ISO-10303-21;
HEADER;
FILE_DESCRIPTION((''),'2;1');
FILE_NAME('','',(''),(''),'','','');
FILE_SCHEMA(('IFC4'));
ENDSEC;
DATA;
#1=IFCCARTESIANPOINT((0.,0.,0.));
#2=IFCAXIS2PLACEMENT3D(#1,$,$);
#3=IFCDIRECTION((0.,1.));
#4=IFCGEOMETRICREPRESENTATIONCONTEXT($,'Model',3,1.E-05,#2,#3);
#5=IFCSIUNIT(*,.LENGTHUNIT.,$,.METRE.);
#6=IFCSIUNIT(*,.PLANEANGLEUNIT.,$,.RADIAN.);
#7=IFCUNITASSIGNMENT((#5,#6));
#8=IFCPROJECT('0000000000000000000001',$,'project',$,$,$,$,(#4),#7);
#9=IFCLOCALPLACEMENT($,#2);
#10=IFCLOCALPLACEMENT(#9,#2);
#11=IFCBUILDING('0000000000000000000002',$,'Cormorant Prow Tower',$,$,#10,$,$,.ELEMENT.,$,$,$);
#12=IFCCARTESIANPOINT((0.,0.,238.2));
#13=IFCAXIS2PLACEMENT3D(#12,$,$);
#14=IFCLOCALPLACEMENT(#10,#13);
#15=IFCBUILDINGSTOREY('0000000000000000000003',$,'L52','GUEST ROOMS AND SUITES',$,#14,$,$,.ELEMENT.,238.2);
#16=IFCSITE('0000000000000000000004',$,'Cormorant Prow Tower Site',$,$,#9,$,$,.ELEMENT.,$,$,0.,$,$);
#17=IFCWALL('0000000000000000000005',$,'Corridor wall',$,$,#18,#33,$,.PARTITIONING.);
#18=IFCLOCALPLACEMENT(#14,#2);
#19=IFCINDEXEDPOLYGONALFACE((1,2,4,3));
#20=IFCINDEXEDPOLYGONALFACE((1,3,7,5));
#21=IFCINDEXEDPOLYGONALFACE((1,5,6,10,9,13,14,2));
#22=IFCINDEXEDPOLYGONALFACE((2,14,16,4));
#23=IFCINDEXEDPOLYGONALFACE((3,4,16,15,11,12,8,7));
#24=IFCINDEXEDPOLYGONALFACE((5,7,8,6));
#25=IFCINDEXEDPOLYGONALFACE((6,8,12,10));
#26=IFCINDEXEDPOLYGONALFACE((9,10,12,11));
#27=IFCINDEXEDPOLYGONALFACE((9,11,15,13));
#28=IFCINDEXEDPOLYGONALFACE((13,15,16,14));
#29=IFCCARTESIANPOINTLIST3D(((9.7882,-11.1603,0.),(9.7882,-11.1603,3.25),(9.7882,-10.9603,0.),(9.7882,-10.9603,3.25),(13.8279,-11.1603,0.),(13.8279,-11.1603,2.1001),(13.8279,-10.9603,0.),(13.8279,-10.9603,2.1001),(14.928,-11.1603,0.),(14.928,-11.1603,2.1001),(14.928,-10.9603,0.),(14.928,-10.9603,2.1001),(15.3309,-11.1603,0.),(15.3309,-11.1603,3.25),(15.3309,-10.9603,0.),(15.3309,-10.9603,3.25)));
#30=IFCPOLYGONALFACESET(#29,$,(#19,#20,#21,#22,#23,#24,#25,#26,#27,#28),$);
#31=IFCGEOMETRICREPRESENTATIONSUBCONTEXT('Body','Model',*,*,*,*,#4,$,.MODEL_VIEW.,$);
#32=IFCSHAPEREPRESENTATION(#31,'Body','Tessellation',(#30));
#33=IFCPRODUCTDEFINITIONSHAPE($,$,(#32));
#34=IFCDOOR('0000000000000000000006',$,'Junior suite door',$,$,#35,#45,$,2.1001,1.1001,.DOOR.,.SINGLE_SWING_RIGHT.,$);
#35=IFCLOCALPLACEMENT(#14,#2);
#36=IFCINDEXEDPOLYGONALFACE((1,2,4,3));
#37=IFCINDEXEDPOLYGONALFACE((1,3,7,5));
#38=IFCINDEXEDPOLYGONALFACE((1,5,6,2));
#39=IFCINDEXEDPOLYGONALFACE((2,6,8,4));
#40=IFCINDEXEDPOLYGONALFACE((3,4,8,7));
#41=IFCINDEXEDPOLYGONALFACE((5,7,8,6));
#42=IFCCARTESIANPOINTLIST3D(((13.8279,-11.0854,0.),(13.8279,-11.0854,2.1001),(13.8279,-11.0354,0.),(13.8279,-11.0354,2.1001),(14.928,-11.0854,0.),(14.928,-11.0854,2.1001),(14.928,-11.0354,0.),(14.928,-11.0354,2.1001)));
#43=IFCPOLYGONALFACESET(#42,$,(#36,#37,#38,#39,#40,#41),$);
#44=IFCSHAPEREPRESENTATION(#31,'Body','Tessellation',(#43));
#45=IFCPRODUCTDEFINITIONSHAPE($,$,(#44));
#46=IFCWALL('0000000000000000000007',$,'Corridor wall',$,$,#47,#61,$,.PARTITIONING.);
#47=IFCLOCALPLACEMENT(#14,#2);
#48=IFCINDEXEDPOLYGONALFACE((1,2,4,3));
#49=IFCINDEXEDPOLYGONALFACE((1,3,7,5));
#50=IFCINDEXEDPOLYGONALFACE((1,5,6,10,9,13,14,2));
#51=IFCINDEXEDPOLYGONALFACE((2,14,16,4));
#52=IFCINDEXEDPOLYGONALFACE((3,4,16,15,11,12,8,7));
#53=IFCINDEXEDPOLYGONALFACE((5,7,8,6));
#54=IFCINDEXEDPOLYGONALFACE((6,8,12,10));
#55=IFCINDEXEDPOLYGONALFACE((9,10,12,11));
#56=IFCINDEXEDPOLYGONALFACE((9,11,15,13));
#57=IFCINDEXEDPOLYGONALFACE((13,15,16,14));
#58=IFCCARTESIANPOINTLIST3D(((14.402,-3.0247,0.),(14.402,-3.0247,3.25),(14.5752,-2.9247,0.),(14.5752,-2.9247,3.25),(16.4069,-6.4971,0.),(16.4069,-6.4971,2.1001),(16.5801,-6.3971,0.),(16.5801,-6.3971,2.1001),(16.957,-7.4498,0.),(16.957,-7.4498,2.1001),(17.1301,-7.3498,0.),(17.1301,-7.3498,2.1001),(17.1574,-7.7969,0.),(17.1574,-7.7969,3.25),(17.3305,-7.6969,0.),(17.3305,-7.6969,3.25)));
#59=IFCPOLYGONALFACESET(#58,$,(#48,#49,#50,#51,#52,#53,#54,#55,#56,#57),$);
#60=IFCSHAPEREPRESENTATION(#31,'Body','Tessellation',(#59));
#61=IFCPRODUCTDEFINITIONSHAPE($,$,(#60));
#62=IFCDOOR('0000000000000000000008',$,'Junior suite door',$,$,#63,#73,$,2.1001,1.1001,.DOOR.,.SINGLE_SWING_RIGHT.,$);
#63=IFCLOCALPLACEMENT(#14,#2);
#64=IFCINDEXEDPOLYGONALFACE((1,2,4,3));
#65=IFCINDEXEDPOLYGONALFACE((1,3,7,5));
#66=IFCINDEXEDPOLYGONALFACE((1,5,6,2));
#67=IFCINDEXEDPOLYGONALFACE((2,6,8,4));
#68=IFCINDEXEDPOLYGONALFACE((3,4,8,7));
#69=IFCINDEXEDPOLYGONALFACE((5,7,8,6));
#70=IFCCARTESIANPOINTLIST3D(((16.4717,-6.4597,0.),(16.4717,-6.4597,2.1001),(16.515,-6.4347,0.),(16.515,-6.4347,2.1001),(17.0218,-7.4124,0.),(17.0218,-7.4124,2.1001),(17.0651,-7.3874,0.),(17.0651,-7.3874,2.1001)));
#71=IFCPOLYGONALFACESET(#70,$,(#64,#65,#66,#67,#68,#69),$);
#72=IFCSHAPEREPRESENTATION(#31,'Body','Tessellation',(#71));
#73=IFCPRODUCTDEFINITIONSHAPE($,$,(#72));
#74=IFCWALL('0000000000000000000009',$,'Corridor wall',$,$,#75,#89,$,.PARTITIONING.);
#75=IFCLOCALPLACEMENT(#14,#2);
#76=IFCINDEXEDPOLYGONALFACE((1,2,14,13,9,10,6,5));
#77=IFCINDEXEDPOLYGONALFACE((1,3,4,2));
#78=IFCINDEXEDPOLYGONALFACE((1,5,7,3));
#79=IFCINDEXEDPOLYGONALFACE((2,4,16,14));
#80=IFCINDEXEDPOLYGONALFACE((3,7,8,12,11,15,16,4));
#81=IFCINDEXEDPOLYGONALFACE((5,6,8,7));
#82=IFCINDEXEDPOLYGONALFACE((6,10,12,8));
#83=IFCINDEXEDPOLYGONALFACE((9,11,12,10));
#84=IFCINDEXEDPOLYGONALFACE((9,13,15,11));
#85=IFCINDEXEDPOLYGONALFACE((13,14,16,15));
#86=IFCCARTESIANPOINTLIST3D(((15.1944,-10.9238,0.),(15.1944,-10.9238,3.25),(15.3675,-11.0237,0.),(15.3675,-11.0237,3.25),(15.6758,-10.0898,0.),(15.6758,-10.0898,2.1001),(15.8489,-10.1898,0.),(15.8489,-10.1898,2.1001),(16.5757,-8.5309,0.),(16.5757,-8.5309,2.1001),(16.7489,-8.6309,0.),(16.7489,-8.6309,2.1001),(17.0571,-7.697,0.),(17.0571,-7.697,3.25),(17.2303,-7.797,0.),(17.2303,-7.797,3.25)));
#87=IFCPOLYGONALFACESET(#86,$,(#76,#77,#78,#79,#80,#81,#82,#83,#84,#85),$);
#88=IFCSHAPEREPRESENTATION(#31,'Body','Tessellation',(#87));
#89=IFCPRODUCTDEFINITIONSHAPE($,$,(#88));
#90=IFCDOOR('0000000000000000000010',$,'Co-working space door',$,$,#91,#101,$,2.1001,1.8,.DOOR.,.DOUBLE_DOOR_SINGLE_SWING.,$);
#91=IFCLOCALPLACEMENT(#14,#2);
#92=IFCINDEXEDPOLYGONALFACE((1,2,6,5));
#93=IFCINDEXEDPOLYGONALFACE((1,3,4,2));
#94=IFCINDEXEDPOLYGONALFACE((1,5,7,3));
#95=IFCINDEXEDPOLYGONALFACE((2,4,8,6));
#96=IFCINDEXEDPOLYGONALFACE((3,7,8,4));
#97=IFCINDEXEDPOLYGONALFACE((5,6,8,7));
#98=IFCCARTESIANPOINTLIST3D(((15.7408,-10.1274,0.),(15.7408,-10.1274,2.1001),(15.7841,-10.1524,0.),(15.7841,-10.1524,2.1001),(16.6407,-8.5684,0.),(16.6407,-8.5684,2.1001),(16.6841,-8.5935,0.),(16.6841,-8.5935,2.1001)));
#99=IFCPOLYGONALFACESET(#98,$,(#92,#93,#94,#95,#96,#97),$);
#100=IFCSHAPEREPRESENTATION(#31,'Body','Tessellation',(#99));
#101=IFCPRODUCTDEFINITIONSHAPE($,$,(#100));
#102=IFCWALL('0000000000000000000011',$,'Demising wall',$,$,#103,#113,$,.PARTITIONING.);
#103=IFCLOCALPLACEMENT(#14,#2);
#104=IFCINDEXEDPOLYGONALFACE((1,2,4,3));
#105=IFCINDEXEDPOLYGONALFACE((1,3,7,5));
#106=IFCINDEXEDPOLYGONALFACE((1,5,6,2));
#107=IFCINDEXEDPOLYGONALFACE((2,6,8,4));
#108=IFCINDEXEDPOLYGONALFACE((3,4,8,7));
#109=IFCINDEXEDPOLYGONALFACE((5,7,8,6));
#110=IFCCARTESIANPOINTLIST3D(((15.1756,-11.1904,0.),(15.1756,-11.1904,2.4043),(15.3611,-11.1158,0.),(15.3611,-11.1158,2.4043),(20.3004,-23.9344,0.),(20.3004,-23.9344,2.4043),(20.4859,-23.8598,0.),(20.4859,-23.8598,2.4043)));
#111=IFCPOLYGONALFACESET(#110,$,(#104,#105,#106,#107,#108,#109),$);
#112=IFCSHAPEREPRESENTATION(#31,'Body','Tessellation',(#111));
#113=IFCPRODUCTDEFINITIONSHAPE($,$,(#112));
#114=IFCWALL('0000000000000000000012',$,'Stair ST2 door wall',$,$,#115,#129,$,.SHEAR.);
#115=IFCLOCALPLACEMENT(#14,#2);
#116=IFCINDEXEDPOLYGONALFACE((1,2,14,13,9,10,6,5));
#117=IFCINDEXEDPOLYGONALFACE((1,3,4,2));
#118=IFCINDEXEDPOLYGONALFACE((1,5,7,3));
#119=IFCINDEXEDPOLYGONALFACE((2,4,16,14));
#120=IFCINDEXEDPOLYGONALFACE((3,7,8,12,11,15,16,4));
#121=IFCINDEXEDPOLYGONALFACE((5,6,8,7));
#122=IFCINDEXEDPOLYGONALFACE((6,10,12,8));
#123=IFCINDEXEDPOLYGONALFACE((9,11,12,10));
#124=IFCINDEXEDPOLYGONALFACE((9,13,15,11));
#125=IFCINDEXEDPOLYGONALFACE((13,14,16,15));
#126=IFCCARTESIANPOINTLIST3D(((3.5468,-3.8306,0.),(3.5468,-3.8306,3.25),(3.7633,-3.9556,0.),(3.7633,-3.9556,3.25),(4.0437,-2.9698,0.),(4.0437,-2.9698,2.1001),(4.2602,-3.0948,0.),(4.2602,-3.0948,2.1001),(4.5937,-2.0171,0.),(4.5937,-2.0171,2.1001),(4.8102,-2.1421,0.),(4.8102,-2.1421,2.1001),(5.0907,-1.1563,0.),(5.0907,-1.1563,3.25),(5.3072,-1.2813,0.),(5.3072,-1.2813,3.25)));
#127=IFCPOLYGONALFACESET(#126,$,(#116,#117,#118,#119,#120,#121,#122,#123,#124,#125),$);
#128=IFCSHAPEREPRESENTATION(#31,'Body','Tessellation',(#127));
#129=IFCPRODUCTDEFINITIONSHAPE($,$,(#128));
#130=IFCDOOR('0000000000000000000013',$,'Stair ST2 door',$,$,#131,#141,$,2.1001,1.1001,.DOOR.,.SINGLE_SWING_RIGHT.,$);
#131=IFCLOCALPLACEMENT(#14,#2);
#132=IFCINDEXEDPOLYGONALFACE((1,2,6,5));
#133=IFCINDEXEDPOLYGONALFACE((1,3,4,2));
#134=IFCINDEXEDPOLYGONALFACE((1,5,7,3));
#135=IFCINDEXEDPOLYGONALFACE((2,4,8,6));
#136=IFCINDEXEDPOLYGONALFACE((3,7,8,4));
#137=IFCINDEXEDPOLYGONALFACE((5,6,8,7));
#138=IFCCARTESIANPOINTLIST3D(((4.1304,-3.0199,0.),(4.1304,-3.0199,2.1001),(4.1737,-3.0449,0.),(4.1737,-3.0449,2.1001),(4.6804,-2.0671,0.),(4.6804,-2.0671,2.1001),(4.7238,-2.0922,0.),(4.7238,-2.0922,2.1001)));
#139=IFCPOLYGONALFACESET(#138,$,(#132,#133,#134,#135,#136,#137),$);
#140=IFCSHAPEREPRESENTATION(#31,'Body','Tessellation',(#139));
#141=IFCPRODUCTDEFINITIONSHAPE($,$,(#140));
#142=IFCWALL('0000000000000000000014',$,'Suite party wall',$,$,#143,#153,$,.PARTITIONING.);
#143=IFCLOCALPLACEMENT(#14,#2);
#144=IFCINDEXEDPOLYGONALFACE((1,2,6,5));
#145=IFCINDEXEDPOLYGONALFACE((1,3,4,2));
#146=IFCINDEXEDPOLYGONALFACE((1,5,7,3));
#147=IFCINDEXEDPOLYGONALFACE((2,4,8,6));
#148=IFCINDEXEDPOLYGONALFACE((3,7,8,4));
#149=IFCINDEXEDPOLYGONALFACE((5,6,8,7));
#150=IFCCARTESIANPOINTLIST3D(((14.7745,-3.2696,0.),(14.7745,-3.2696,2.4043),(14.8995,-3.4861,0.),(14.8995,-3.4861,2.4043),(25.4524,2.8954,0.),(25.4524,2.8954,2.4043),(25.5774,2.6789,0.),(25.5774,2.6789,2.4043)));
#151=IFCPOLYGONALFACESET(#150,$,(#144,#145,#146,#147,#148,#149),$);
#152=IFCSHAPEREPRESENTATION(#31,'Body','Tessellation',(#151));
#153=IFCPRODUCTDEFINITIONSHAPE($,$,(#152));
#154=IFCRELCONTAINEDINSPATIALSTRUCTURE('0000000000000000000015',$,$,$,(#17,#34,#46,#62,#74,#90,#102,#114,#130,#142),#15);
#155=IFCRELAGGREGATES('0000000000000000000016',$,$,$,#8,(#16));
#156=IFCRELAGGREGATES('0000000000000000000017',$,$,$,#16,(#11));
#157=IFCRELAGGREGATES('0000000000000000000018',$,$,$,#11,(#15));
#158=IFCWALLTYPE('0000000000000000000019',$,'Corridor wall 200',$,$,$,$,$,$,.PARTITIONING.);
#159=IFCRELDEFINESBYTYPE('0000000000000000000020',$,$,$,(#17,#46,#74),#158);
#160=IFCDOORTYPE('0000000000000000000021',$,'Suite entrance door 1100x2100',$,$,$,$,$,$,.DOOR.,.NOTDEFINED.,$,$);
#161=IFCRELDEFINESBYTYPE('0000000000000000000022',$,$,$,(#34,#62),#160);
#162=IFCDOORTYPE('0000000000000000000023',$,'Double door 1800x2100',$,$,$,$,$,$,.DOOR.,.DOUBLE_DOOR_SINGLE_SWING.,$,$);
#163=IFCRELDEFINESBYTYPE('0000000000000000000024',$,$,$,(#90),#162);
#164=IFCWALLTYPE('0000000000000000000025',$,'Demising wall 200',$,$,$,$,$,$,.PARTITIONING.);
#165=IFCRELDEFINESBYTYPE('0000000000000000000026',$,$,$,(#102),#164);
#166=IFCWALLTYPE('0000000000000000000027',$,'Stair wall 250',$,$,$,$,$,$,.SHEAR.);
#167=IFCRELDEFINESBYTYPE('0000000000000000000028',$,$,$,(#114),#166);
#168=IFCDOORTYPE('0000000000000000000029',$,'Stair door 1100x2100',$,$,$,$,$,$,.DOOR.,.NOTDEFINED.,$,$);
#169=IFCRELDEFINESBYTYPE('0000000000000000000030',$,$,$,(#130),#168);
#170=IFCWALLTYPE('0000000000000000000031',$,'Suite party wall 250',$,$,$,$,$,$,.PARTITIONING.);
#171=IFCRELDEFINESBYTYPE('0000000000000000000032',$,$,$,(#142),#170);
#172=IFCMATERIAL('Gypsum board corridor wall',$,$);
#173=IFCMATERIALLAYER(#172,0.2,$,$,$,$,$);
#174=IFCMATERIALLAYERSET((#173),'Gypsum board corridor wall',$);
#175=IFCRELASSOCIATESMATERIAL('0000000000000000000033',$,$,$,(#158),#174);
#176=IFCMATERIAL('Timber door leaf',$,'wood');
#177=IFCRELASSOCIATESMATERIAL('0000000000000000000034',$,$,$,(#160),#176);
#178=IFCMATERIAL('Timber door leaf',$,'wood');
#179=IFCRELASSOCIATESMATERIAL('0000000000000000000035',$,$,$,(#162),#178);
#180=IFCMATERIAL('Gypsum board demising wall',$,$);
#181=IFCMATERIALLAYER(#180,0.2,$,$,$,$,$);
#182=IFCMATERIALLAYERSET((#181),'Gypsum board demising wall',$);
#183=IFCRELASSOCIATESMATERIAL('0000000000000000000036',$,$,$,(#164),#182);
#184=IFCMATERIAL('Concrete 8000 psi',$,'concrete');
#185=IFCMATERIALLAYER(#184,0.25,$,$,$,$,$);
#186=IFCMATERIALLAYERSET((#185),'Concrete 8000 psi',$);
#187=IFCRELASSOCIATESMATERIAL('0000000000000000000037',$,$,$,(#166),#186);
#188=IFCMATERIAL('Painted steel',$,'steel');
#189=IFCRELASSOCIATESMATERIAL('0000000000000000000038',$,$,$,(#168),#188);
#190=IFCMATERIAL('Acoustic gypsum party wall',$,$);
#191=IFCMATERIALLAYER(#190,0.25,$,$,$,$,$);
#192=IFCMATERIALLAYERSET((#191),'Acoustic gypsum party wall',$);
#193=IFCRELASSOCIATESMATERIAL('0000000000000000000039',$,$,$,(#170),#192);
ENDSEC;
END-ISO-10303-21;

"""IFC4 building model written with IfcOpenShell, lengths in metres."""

from ifc_helpers import new_model, si_unit, direction, frame, frame_2d, origin, place, context, subcontext, project, spatial, rectangle, extrude, material, layer, layer_set, type_object, element, fill, save


model = new_model("IFC4")

# Units and contexts
model_context = context("Model", 3, precision=1e-05, world=origin(), true_north=direction((0.0, 1.0)))
body_context = subcontext(model_context, "Body", "Model", "MODEL_VIEW")
ifc_project = project(units=[si_unit("LENGTHUNIT", "METRE"), si_unit("PLANEANGLEUNIT", "RADIAN")], contexts=[model_context])

# Site, building, storey
site_placement = place(None, origin())
site = spatial("IfcSite", under=ifc_project, at=site_placement, Name="Cormorant Prow Tower Site", CompositionType="ELEMENT", RefElevation=0.0)
building_placement = place(site_placement, origin())
building = spatial("IfcBuilding", under=site, at=building_placement, Name="Cormorant Prow Tower", CompositionType="ELEMENT")
storey_placement = place(building_placement, frame((0.0, 0.0, 238.2)))
storey = spatial("IfcBuildingStorey", under=building, at=storey_placement, Name="L52", Description="GUEST ROOMS AND SUITES", CompositionType="ELEMENT", Elevation=238.2)

# Walls, openings, doors
ifc_material_1 = material(Name="Gypsum board corridor wall")
ifc_layer_1 = layer(ifc_material_1, 0.2)
ifc_layer_set_1 = layer_set([ifc_layer_1], Name="Gypsum board corridor wall")
wall_type_1 = type_object("IfcWallType", Name="Corridor wall 200", PredefinedType="PARTITIONING", material=ifc_layer_set_1)
ifc_material_2 = material(Name="Timber door leaf", Category="wood")
door_type_1 = type_object("IfcDoorType", Name="Suite entrance door 1100x2100", OperationType="NOTDEFINED", PredefinedType="DOOR", material=ifc_material_2)
wall_1_placement = place(storey_placement, frame((9.7881, -11.0603, 0.0), z_axis=(0.0, 0.0, 1.0), x_axis=(1.0, 0.0, 0.0)))
wall_1 = element("IfcWall", 1, at=wall_1_placement, inside=storey, type_object=wall_type_1, Name="Corridor wall", PredefinedType="PARTITIONING", context=body_context, shape_type="SweptSolid", body=[
    extrude(rectangle(XDim=5.5427, YDim=0.2, at=frame_2d((2.7715, 0.0))), origin(), (0.0, 0.0, 1.0), 3.25),
])
opening_1_placement = place(wall_1_placement, frame((4.0398, 0.0, 0.0)))
opening_1 = element("IfcOpeningElement", 2, at=opening_1_placement, cuts=wall_1, PredefinedType="OPENING", context=body_context, shape_type="SweptSolid", body=[
    extrude(rectangle(XDim=1.1001, YDim=2.1001, at=frame_2d((0.55, 1.05))), frame((0.0, 0.1099, 0.0), z_axis=(0.0, -1.0, 0.0), x_axis=(1.0, 0.0, 0.0)), (0.0, 0.0, 1.0), 0.22),
])
door_1_placement = place(opening_1_placement, origin())
door_1 = element("IfcDoor", 3, at=door_1_placement, inside=storey, type_object=door_type_1, Name="Junior suite door", OperationType="SINGLE_SWING_RIGHT", OverallHeight=2.1001, OverallWidth=1.1001, PredefinedType="DOOR", context=body_context, shape_type="SweptSolid", body=[
    extrude(rectangle(XDim=1.1001, YDim=2.1001, at=frame_2d((0.55, 1.05))), frame((0.0, 0.0249, 0.0), z_axis=(0.0, -1.0, 0.0), x_axis=(1.0, 0.0, 0.0)), (0.0, 0.0, 1.0), 0.05),
])
fill(opening_1, door_1)
wall_2_placement = place(storey_placement, frame((14.4885, -2.9746, 0.0), z_axis=(0.0, 0.0, 1.0), x_axis=(0.500018, -0.866015, 0.0)))
wall_2 = element("IfcWall", 4, at=wall_2_placement, inside=storey, type_object=wall_type_1, Name="Corridor wall", PredefinedType="PARTITIONING", context=body_context, shape_type="SweptSolid", body=[
    extrude(rectangle(XDim=5.5105, YDim=0.2, at=frame_2d((2.7554, 0.0))), origin(), (0.0, 0.0, 1.0), 3.25),
])
opening_2_placement = place(wall_2_placement, frame((4.0098, 0.0, 0.0)))
opening_2 = element("IfcOpeningElement", 5, at=opening_2_placement, cuts=wall_2, PredefinedType="OPENING", context=body_context, shape_type="SweptSolid", body=[
    extrude(rectangle(XDim=1.1001, YDim=2.1001, at=frame_2d((0.55, 1.05))), frame((0.0, 0.1099, 0.0), z_axis=(0.0, -1.0, 0.0), x_axis=(1.0, 0.0, 0.0)), (0.0, 0.0, 1.0), 0.22),
])
door_2_placement = place(opening_2_placement, origin())
door_2 = element("IfcDoor", 6, at=door_2_placement, inside=storey, type_object=door_type_1, Name="Junior suite door", OperationType="SINGLE_SWING_RIGHT", OverallHeight=2.1001, OverallWidth=1.1001, PredefinedType="DOOR", context=body_context, shape_type="SweptSolid", body=[
    extrude(rectangle(XDim=1.1001, YDim=2.1001, at=frame_2d((0.55, 1.05))), frame((0.0, 0.0249, 0.0), z_axis=(0.0, -1.0, 0.0), x_axis=(1.0, 0.0, 0.0)), (0.0, 0.0, 1.0), 0.05),
])
fill(opening_2, door_2)
wall_3_placement = place(storey_placement, frame((15.281, -10.9736, 0.0), z_axis=(0.0, 0.0, 1.0), x_axis=(0.499959, 0.866049, 0.0)))
wall_3 = element("IfcWall", 7, at=wall_3_placement, inside=storey, type_object=wall_type_1, Name="Corridor wall", PredefinedType="PARTITIONING", context=body_context, shape_type="SweptSolid", body=[
    extrude(rectangle(XDim=3.7258, YDim=0.2, at=frame_2d((1.8628, 0.0))), origin(), (0.0, 0.0, 1.0), 3.25),
])
opening_3_placement = place(wall_3_placement, frame((0.9629, 0.0, 0.0)))
opening_3 = element("IfcOpeningElement", 8, at=opening_3_placement, cuts=wall_3, PredefinedType="OPENING", context=body_context, shape_type="SweptSolid", body=[
    extrude(rectangle(XDim=1.8, YDim=2.1001, at=frame_2d((0.8999, 1.05))), frame((0.0, 0.1099, 0.0), z_axis=(0.0, -1.0, 0.0), x_axis=(1.0, 0.0, 0.0)), (0.0, 0.0, 1.0), 0.22),
])
ifc_material_3 = material(Name="Timber door leaf", Category="wood")
door_type_2 = type_object("IfcDoorType", Name="Double door 1800x2100", OperationType="DOUBLE_DOOR_SINGLE_SWING", PredefinedType="DOOR", material=ifc_material_3)
door_3_placement = place(opening_3_placement, origin())
door_3 = element("IfcDoor", 9, at=door_3_placement, inside=storey, type_object=door_type_2, Name="Co-working space door", OperationType="DOUBLE_DOOR_SINGLE_SWING", OverallHeight=2.1001, OverallWidth=1.8, PredefinedType="DOOR", context=body_context, shape_type="SweptSolid", body=[
    extrude(rectangle(XDim=1.8, YDim=2.1001, at=frame_2d((0.8999, 1.05))), frame((0.0, 0.0249, 0.0), z_axis=(0.0, -1.0, 0.0), x_axis=(1.0, 0.0, 0.0)), (0.0, 0.0, 1.0), 0.05),
])
fill(opening_3, door_3)

# Wall
ifc_material_4 = material(Name="Gypsum board demising wall")
ifc_layer_2 = layer(ifc_material_4, 0.2)
ifc_layer_set_2 = layer_set([ifc_layer_2], Name="Gypsum board demising wall")
wall_type_2 = type_object("IfcWallType", Name="Demising wall 200", PredefinedType="PARTITIONING", material=ifc_layer_set_2)
wall_4_placement = place(storey_placement, frame((15.2683, -11.1531, 0.0), z_axis=(0.0, 0.0, 1.0), x_axis=(0.373097, -0.927792, 0.0)))
element("IfcWall", 10, at=wall_4_placement, inside=storey, type_object=wall_type_2, Name="Demising wall", PredefinedType="PARTITIONING", context=body_context, shape_type="SweptSolid", body=[
    extrude(rectangle(XDim=13.7358, YDim=0.2, at=frame_2d((6.8679, 0.0))), origin(), (0.0, 0.0, 1.0), 2.4043),
])

# Wall, opening, door
ifc_material_5 = material(Name="Concrete 8000 psi", Category="concrete")
ifc_layer_3 = layer(ifc_material_5, 0.25)
ifc_layer_set_3 = layer_set([ifc_layer_3], Name="Concrete 8000 psi")
wall_type_3 = type_object("IfcWallType", Name="Stair wall 250", PredefinedType="SHEAR", material=ifc_layer_set_3)
wall_5_placement = place(storey_placement, frame((3.655, -3.8931, 0.0), z_axis=(0.0, 0.0, 1.0), x_axis=(0.499983, 0.866035, 0.0)))
wall_5 = element("IfcWall", 11, at=wall_5_placement, inside=storey, type_object=wall_type_3, Name="Stair ST2 door wall", PredefinedType="SHEAR", context=body_context, shape_type="SweptSolid", body=[
    extrude(rectangle(XDim=3.0879, YDim=0.25, at=frame_2d((1.5439, 0.0))), origin(), (0.0, 0.0, 1.0), 3.25),
])
opening_4_placement = place(wall_5_placement, frame((0.9939, 0.0, 0.0)))
opening_4 = element("IfcOpeningElement", 12, at=opening_4_placement, cuts=wall_5, PredefinedType="OPENING", context=body_context, shape_type="SweptSolid", body=[
    extrude(rectangle(XDim=1.1001, YDim=2.1001, at=frame_2d((0.55, 1.05))), frame((0.0, 0.135, 0.0), z_axis=(0.0, -1.0, 0.0), x_axis=(1.0, 0.0, 0.0)), (0.0, 0.0, 1.0), 0.27),
])
ifc_material_6 = material(Name="Painted steel", Category="steel")
door_type_3 = type_object("IfcDoorType", Name="Stair door 1100x2100", OperationType="NOTDEFINED", PredefinedType="DOOR", material=ifc_material_6)
door_4_placement = place(opening_4_placement, origin())
door_4 = element("IfcDoor", 13, at=door_4_placement, inside=storey, type_object=door_type_3, Name="Stair ST2 door", OperationType="SINGLE_SWING_RIGHT", OverallHeight=2.1001, OverallWidth=1.1001, PredefinedType="DOOR", context=body_context, shape_type="SweptSolid", body=[
    extrude(rectangle(XDim=1.1001, YDim=2.1001, at=frame_2d((0.55, 1.05))), frame((0.0, 0.0249, 0.0), z_axis=(0.0, -1.0, 0.0), x_axis=(1.0, 0.0, 0.0)), (0.0, 0.0, 1.0), 0.05),
])
fill(opening_4, door_4)

# Wall
ifc_material_7 = material(Name="Acoustic gypsum party wall")
ifc_layer_4 = layer(ifc_material_7, 0.25)
ifc_layer_set_4 = layer_set([ifc_layer_4], Name="Acoustic gypsum party wall")
wall_type_4 = type_object("IfcWallType", Name="Suite party wall 250", PredefinedType="PARTITIONING", material=ifc_layer_set_4)
wall_6_placement = place(storey_placement, frame((14.8369, -3.3779, 0.0), z_axis=(0.0, 0.0, 1.0), x_axis=(0.866022, 0.500006, 0.0)))
element("IfcWall", 14, at=wall_6_placement, inside=storey, type_object=wall_type_4, Name="Suite party wall", PredefinedType="PARTITIONING", context=body_context, shape_type="SweptSolid", body=[
    extrude(rectangle(XDim=12.3298, YDim=0.25, at=frame_2d((6.165, 0.0))), origin(), (0.0, 0.0, 1.0), 2.4043),
])

save(model, "model.ifc")
